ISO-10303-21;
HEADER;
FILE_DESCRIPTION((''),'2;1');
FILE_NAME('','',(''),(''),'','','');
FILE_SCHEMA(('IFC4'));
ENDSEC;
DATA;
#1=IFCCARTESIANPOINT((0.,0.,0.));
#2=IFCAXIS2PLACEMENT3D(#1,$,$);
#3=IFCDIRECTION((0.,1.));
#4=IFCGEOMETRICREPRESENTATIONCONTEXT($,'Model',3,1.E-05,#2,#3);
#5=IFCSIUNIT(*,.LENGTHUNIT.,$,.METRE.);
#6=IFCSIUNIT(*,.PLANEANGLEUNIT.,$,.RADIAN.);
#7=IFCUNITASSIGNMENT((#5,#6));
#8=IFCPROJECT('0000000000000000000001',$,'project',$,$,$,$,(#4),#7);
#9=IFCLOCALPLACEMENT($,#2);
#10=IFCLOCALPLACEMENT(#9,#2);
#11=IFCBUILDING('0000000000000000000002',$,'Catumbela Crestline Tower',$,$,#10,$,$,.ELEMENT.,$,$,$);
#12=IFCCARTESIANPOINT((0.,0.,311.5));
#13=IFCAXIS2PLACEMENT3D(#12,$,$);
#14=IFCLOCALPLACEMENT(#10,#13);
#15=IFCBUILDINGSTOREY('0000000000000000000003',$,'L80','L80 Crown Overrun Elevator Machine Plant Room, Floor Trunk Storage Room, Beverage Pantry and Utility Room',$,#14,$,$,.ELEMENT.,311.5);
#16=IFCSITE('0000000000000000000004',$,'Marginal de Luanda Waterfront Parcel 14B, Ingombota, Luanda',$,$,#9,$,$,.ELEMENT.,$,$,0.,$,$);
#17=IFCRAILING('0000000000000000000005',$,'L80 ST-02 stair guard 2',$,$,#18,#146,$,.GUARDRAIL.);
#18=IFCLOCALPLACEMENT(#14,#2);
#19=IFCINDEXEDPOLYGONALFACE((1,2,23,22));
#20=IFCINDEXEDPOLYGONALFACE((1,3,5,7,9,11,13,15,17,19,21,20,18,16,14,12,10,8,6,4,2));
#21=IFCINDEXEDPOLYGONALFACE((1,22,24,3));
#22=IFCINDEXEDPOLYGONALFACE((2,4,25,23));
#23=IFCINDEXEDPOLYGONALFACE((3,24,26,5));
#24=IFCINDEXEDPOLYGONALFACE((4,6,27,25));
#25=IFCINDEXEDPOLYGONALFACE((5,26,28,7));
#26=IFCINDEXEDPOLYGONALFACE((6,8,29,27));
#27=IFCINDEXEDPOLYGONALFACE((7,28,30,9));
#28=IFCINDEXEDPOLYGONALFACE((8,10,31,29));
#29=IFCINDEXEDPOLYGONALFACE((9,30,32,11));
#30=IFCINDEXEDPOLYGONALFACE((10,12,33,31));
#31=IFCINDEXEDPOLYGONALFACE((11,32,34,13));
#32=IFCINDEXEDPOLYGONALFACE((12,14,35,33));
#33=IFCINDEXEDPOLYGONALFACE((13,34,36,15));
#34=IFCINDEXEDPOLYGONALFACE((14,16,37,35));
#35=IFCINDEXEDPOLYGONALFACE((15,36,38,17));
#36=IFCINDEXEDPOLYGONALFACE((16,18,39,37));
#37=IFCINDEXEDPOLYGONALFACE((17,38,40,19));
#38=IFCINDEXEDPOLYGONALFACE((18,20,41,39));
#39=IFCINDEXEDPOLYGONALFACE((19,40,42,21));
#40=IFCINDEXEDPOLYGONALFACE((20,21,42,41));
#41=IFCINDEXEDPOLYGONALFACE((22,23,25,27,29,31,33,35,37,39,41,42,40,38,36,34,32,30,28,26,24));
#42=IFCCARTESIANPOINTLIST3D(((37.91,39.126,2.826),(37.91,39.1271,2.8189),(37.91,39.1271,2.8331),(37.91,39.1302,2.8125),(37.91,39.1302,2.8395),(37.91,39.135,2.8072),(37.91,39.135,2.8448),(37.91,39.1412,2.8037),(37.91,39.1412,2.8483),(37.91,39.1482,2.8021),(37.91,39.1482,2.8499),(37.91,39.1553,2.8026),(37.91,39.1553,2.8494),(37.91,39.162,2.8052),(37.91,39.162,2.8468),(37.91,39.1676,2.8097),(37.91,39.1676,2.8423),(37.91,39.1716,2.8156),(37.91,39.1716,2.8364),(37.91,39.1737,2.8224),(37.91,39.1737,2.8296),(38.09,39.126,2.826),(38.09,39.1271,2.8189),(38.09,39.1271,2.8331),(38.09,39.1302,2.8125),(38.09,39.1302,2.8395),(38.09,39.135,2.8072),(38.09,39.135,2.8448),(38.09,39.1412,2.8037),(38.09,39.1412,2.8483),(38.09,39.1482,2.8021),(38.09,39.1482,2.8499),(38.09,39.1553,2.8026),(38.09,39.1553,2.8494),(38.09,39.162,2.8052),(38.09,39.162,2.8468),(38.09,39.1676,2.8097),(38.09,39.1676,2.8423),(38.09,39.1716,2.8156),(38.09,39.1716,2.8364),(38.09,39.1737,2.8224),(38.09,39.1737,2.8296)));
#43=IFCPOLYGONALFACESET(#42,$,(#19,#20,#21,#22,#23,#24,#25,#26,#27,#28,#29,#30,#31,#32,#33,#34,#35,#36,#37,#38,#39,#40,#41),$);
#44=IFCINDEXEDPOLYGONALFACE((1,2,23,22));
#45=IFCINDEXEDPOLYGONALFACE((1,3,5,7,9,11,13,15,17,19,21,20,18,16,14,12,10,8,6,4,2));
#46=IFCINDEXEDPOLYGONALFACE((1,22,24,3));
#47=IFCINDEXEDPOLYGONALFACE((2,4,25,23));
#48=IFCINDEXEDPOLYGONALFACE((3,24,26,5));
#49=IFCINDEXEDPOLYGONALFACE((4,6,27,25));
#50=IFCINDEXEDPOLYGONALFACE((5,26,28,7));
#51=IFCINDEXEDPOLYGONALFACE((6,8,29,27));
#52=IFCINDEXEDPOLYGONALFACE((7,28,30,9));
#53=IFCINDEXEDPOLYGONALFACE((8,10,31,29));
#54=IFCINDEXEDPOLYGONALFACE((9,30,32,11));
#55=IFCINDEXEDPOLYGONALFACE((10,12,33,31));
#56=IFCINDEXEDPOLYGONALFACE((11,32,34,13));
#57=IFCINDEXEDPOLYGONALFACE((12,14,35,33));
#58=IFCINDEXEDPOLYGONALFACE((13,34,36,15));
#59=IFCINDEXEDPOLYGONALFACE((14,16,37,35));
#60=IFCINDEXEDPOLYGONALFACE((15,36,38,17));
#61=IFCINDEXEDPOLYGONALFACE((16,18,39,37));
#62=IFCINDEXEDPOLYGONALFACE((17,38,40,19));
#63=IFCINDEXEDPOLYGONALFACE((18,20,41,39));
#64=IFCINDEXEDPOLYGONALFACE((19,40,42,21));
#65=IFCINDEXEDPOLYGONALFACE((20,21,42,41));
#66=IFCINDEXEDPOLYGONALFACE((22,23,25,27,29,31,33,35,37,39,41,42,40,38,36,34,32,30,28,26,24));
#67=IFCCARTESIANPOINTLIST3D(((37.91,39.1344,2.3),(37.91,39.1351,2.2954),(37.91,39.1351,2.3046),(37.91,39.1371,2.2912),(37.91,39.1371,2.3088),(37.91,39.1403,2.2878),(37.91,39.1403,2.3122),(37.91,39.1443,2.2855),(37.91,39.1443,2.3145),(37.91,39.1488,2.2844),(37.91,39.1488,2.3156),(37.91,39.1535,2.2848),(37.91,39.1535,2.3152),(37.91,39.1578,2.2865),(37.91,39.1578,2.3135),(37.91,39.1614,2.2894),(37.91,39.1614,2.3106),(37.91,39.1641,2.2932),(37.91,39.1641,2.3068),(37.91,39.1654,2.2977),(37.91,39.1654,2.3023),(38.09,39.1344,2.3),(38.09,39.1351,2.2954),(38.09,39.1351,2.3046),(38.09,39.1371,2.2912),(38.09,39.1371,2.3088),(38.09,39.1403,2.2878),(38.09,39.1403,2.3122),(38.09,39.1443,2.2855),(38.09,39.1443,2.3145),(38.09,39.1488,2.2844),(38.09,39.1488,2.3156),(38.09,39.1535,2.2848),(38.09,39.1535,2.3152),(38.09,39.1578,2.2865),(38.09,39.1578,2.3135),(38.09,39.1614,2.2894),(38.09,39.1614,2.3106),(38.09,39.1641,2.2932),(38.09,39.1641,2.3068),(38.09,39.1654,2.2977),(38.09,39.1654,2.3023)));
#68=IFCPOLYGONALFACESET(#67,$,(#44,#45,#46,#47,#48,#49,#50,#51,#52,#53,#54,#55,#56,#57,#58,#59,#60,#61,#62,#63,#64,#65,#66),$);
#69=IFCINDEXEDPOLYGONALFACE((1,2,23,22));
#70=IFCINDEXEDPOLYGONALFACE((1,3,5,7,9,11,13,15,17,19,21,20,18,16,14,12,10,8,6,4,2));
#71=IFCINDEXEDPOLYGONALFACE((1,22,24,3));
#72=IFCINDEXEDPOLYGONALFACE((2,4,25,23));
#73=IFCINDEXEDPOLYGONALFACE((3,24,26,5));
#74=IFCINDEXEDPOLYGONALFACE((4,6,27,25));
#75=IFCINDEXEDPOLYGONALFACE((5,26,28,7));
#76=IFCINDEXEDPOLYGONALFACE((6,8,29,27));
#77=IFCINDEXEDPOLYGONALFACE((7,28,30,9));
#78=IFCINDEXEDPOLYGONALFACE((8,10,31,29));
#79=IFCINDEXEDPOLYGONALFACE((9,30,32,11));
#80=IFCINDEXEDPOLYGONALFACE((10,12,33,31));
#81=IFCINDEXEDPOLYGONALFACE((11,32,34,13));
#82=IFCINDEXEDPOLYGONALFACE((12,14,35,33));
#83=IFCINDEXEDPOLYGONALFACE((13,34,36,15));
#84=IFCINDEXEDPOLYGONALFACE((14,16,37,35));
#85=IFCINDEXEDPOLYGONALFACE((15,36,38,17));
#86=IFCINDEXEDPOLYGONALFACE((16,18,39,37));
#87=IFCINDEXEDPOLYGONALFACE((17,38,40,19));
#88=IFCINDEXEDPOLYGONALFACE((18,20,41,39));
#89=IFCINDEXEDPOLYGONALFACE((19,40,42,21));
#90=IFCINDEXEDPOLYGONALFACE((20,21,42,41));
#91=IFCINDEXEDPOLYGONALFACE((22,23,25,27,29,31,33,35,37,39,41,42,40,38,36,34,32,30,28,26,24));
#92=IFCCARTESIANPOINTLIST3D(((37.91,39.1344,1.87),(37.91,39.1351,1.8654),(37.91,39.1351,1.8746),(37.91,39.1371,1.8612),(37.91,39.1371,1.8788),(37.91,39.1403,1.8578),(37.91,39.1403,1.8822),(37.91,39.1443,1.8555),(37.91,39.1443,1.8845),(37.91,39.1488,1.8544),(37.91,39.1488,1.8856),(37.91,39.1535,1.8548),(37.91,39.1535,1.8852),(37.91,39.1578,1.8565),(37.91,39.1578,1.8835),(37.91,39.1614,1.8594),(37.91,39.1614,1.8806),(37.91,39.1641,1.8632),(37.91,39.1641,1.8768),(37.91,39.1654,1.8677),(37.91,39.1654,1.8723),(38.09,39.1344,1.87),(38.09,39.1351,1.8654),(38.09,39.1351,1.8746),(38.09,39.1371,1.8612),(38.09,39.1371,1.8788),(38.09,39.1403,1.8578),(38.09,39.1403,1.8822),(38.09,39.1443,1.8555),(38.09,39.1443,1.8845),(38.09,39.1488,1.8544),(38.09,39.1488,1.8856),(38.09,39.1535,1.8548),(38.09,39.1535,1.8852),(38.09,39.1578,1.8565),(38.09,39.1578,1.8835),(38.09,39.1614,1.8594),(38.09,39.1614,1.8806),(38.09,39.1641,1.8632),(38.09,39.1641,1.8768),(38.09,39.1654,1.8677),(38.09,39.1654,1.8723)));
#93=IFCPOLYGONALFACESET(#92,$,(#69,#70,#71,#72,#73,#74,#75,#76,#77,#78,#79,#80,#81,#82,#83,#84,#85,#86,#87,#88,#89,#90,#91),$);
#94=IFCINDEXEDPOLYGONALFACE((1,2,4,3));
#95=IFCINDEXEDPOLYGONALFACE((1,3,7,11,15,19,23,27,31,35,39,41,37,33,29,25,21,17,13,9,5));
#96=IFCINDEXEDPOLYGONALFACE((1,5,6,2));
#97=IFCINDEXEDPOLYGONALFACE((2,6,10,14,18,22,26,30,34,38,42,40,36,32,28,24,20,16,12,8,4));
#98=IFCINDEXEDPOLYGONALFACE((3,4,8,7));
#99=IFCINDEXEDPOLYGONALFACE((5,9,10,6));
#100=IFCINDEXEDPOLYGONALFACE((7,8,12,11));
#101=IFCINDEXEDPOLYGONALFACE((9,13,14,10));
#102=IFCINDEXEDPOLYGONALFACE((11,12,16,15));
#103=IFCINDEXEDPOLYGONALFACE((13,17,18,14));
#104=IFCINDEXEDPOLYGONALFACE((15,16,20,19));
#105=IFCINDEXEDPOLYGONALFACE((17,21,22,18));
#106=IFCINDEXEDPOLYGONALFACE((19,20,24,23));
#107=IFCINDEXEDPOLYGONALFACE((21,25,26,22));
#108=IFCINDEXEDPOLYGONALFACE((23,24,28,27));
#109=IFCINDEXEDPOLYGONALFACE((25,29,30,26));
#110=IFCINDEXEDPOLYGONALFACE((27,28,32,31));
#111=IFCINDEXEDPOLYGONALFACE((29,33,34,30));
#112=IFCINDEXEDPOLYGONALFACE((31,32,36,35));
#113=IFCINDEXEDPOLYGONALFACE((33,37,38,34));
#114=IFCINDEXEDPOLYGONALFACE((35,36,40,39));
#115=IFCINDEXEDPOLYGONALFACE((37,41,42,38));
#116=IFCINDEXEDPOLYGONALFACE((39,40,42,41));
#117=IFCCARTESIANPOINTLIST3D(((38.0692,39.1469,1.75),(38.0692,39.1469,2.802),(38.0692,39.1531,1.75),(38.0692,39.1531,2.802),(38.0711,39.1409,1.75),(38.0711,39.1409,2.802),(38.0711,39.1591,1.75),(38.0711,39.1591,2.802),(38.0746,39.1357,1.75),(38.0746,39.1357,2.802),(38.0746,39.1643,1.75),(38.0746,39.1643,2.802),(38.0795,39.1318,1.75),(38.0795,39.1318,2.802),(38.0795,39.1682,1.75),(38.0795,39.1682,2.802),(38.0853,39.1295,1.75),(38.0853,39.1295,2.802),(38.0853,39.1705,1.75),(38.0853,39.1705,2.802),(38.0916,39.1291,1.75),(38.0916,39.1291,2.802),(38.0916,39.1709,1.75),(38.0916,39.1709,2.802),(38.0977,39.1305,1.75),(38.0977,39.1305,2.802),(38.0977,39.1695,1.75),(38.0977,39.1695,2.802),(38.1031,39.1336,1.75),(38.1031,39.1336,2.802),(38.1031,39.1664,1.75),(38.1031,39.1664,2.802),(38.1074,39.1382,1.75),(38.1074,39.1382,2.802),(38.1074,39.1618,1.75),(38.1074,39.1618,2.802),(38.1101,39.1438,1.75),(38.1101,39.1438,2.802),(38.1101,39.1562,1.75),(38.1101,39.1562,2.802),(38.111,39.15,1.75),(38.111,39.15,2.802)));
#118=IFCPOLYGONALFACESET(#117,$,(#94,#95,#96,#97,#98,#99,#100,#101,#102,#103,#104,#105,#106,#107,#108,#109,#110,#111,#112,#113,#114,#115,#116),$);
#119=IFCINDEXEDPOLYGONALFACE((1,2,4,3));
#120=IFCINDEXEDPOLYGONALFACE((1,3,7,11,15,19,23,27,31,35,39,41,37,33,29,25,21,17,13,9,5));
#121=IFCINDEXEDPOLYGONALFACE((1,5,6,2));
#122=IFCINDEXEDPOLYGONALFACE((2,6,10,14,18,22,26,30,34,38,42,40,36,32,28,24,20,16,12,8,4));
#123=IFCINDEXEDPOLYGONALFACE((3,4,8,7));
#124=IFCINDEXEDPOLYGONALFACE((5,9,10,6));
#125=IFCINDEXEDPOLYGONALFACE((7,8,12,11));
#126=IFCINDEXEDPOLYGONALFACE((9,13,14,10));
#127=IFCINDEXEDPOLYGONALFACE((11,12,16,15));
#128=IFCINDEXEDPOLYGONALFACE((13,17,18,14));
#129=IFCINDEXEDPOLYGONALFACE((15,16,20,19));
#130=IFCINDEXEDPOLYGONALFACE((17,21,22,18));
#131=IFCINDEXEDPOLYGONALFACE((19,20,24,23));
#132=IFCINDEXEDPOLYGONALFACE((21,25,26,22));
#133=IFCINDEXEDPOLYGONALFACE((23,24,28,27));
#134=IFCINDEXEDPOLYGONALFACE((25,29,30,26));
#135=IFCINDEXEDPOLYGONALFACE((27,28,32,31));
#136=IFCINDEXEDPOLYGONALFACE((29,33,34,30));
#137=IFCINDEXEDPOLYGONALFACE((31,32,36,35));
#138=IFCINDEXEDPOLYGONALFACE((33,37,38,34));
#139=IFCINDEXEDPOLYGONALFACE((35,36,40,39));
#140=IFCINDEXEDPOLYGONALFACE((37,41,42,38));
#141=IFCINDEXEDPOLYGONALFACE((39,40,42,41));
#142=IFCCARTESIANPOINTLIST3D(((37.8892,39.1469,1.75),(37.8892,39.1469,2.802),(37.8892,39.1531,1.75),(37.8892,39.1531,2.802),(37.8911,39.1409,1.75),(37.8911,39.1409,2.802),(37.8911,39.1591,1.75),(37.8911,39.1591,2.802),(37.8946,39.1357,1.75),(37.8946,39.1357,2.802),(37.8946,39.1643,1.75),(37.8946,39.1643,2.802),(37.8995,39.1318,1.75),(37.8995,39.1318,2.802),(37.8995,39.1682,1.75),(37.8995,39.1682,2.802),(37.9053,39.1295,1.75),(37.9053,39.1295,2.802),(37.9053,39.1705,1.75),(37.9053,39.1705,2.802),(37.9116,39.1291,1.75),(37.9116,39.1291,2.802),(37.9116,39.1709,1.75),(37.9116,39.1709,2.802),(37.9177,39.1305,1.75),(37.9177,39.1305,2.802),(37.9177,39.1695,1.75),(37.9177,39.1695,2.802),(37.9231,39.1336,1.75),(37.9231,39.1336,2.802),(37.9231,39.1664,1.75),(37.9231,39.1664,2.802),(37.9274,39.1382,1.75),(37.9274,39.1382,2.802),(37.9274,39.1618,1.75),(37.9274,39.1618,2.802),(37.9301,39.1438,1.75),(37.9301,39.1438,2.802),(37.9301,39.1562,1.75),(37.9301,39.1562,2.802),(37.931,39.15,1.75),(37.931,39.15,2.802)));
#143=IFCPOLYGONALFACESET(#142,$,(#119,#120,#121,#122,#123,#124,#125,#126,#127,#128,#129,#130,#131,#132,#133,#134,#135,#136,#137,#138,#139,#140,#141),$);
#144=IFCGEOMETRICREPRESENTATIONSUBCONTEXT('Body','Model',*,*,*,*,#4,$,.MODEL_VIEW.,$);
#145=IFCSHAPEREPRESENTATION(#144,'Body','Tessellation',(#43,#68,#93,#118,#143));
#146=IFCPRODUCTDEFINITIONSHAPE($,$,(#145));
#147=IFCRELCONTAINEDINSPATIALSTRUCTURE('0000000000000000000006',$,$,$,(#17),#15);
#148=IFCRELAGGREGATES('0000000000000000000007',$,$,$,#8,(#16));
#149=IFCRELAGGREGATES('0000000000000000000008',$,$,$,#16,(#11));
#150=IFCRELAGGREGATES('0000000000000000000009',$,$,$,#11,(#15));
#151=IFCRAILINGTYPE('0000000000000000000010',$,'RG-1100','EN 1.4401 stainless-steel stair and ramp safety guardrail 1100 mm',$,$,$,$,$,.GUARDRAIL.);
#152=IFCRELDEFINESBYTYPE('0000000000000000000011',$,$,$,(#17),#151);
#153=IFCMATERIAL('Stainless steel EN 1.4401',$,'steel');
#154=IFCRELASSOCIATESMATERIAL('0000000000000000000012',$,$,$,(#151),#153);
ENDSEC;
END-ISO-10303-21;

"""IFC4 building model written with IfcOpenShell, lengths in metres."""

from ifc_helpers import new_model, si_unit, direction, frame, origin, origin_2d, place, context, subcontext, project, spatial, circle, extrude, material, type_object, element, save


model = new_model("IFC4")

# Units and contexts
model_context = context("Model", 3, precision=1e-05, world=origin(), true_north=direction((0.0, 1.0)))
body_context = subcontext(model_context, "Body", "Model", "MODEL_VIEW")
ifc_project = project(units=[si_unit("LENGTHUNIT", "METRE"), si_unit("PLANEANGLEUNIT", "RADIAN")], contexts=[model_context])

# Site, building, storey
site_placement = place(None, origin())
site = spatial("IfcSite", under=ifc_project, at=site_placement, Name="Marginal de Luanda Waterfront Parcel 14B, Ingombota, Luanda", CompositionType="ELEMENT", RefElevation=0.0)
building_placement = place(site_placement, origin())
building = spatial("IfcBuilding", under=site, at=building_placement, Name="Catumbela Crestline Tower", CompositionType="ELEMENT")
storey_placement = place(building_placement, frame((0.0, 0.0, 311.5)))
storey = spatial("IfcBuildingStorey", under=building, at=storey_placement, Name="L80", Description="L80 Crown Overrun Elevator Machine Plant Room, Floor Trunk Storage Room, Beverage Pantry and Utility Room", CompositionType="ELEMENT", Elevation=311.5)

# Railing
ifc_material_1 = material(Name="Stainless steel EN 1.4401", Category="steel")
railing_type_1 = type_object("IfcRailingType", Name="RG-1100", Description="EN 1.4401 stainless-steel stair and ramp safety guardrail 1100 mm", PredefinedType="GUARDRAIL", material=ifc_material_1)
railing_1_placement = place(storey_placement, frame((38.09, 39.15, 1.75)))
element("IfcRailing", 1, at=railing_1_placement, inside=storey, type_object=railing_type_1, Name="L80 ST-02 stair guard 2", PredefinedType="GUARDRAIL", context=body_context, shape_type="SweptSolid", body=[
    extrude(circle(Radius=0.024, at=origin_2d()), frame((0.0, 0.0, 1.076), z_axis=(-1.0, 0.0, 0.0), x_axis=(0.0, -1.0, 0.0)), (0.0, 0.0, 1.0), 0.18),
    extrude(circle(Radius=0.0156, at=origin_2d()), frame((0.0, 0.0, 0.55), z_axis=(-1.0, 0.0, 0.0), x_axis=(0.0, -1.0, 0.0)), (0.0, 0.0, 1.0), 0.18),
    extrude(circle(Radius=0.0156, at=origin_2d()), frame((0.0, 0.0, 0.12), z_axis=(-1.0, 0.0, 0.0), x_axis=(0.0, -1.0, 0.0)), (0.0, 0.0, 1.0), 0.18),
    extrude(circle(Radius=0.021, at=origin_2d()), origin(), (0.0, 0.0, 1.0), 1.052),
    extrude(circle(Radius=0.021, at=origin_2d()), frame((-0.18, 0.0, 0.0)), (0.0, 0.0, 1.0), 1.052),
])

save(model, "model.ifc")
